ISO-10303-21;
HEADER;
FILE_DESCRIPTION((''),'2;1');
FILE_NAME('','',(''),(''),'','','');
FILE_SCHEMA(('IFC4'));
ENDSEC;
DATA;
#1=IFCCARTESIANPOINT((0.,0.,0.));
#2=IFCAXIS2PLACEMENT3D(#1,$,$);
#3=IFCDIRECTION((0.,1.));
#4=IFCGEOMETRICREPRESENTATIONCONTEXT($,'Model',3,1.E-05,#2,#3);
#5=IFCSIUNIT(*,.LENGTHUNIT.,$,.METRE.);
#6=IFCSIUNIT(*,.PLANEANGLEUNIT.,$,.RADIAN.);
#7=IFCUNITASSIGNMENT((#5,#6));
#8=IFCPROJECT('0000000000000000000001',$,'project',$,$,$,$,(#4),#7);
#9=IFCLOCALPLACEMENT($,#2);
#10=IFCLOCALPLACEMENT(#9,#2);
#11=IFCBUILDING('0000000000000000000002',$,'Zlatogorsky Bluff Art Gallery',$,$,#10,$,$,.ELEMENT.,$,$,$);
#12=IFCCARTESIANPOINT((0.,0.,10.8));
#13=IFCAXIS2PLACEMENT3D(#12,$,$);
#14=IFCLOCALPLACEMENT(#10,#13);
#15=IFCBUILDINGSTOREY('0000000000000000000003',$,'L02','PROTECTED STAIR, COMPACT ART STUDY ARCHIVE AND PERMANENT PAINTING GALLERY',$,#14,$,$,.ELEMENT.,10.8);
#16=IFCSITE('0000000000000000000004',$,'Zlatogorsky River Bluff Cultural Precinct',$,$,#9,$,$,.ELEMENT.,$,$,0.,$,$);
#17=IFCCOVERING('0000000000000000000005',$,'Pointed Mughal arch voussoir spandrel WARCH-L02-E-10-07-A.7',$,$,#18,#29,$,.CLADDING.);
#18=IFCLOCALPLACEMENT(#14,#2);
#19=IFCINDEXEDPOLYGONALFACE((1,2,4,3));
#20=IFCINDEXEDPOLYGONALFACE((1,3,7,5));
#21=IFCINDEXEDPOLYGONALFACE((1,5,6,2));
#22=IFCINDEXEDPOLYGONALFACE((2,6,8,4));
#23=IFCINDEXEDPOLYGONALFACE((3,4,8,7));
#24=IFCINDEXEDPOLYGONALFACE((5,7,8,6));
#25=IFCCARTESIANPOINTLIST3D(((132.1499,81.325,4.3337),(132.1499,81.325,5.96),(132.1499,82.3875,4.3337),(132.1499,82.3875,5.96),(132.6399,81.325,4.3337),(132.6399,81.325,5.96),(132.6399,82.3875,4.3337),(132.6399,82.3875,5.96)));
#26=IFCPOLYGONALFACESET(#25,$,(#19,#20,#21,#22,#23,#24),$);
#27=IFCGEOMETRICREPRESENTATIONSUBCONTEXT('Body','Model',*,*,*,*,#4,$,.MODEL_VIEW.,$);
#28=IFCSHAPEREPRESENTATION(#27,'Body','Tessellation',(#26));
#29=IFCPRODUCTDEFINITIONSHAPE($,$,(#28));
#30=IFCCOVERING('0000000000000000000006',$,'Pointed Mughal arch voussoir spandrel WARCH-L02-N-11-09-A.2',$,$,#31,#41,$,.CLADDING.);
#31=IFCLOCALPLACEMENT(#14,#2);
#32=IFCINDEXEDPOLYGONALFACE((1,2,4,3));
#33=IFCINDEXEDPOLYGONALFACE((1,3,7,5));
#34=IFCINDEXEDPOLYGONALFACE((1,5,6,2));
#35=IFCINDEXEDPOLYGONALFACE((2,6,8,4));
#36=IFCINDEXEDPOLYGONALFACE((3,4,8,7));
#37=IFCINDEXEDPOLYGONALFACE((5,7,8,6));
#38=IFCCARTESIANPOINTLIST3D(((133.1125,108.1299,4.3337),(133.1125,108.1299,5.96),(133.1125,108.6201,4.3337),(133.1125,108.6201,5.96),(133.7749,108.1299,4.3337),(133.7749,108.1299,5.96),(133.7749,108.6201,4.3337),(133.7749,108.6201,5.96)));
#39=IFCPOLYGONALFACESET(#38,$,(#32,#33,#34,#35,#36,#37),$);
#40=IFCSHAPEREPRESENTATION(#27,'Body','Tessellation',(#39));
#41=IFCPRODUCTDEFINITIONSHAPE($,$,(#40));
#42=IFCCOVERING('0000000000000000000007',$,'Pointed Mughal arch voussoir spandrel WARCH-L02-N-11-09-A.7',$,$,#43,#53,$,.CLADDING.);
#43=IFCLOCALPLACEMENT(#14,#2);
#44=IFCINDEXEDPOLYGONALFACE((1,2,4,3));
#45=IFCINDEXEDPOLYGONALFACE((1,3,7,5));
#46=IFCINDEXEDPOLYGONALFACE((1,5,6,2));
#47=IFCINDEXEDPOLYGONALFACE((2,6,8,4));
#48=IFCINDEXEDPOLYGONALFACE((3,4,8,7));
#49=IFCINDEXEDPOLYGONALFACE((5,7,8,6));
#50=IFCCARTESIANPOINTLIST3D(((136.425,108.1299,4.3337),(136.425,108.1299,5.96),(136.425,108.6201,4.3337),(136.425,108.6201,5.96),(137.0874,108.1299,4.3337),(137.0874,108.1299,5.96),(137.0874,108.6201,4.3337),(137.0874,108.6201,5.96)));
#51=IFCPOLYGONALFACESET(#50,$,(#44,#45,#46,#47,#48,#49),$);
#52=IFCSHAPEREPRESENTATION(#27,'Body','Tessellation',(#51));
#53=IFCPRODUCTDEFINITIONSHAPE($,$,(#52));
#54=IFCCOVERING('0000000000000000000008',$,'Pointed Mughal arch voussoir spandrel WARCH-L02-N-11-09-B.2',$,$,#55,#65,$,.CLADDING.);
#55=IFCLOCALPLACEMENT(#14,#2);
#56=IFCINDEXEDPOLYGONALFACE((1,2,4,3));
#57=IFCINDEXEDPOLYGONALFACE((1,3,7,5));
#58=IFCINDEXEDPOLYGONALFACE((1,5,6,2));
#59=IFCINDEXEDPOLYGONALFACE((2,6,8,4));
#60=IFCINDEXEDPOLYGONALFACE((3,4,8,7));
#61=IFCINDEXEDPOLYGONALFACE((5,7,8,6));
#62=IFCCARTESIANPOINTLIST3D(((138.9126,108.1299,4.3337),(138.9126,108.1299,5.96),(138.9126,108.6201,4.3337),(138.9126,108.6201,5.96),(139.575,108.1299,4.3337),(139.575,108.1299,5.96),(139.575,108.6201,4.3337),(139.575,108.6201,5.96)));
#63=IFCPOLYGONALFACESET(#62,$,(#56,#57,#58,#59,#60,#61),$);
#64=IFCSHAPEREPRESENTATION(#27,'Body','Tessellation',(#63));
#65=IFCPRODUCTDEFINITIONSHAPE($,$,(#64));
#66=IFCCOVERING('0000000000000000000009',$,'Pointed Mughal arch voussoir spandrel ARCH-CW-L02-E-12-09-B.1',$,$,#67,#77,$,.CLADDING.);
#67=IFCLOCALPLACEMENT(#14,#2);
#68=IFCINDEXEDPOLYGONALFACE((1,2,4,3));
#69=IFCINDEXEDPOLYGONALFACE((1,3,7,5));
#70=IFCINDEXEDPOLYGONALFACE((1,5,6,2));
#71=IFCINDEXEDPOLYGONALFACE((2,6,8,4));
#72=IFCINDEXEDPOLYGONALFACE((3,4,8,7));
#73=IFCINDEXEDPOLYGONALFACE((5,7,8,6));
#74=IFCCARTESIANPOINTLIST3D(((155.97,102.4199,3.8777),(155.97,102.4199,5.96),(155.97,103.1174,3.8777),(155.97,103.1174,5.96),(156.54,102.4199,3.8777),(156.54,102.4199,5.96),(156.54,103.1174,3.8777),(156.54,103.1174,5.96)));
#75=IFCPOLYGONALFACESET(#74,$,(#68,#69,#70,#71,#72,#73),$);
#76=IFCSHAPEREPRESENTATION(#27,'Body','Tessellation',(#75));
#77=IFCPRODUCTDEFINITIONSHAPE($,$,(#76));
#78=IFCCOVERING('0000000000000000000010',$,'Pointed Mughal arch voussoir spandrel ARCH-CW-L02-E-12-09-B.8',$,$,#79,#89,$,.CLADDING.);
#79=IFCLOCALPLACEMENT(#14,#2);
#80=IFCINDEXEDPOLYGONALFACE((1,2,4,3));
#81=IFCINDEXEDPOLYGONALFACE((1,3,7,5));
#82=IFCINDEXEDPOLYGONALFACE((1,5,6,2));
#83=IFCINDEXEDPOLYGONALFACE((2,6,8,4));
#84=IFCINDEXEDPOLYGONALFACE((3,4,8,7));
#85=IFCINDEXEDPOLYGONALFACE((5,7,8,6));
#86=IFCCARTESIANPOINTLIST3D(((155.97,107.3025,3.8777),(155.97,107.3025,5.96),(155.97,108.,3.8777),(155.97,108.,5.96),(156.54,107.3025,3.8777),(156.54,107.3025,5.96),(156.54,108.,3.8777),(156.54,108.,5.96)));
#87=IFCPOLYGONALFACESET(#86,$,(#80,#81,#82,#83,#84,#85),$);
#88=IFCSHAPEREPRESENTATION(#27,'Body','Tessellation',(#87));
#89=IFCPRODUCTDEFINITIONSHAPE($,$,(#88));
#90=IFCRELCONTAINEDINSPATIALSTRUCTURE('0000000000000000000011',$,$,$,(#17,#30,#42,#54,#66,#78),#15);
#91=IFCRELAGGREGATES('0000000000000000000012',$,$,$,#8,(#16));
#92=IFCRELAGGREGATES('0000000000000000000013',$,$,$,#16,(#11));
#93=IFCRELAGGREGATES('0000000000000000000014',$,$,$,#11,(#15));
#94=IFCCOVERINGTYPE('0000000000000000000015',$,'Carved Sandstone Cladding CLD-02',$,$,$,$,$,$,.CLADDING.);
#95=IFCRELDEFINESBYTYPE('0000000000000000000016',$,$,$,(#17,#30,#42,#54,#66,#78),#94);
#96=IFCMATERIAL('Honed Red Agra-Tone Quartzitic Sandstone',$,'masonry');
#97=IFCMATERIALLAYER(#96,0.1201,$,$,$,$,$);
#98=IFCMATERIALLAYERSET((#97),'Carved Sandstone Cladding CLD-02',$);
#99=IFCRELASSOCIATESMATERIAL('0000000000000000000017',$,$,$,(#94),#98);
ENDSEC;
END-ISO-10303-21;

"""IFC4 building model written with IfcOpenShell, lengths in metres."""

from ifc_helpers import new_model, si_unit, direction, frame, origin, place, context, subcontext, project, spatial, polyline, outline, extrude, material, layer, layer_set, type_object, element, save


model = new_model("IFC4")

# Units and contexts
model_context = context("Model", 3, precision=1e-05, world=origin(), true_north=direction((0.0, 1.0)))
body_context = subcontext(model_context, "Body", "Model", "MODEL_VIEW")
ifc_project = project(units=[si_unit("LENGTHUNIT", "METRE"), si_unit("PLANEANGLEUNIT", "RADIAN")], contexts=[model_context])

# Site, building, storey
site_placement = place(None, origin())
site = spatial("IfcSite", under=ifc_project, at=site_placement, Name="Zlatogorsky River Bluff Cultural Precinct", CompositionType="ELEMENT", RefElevation=0.0)
building_placement = place(site_placement, origin())
building = spatial("IfcBuilding", under=site, at=building_placement, Name="Zlatogorsky Bluff Art Gallery", CompositionType="ELEMENT")
storey_placement = place(building_placement, frame((0.0, 0.0, 10.8)))
storey = spatial("IfcBuildingStorey", under=building, at=storey_placement, Name="L02", Description="PROTECTED STAIR, COMPACT ART STUDY ARCHIVE AND PERMANENT PAINTING GALLERY", CompositionType="ELEMENT", Elevation=10.8)

# Coverings
ifc_material = material(Name="Honed Red Agra-Tone Quartzitic Sandstone", Category="masonry")
ifc_layer = layer(ifc_material, 0.1201)
ifc_layer_set = layer_set([ifc_layer], Name="Carved Sandstone Cladding CLD-02")
covering_type = type_object("IfcCoveringType", Name="Carved Sandstone Cladding CLD-02", PredefinedType="CLADDING", material=ifc_layer_set)
covering_1_placement = place(storey_placement, frame((0.0, 0.0, 4.3337)))
element("IfcCovering", 1, at=covering_1_placement, inside=storey, type_object=covering_type, Name="Pointed Mughal arch voussoir spandrel WARCH-L02-E-10-07-A.7", PredefinedType="CLADDING", context=body_context, shape_type="SweptSolid", body=[
    extrude(outline(polyline([(132.1499, 81.325), (132.1499, 82.3875), (132.6399, 82.3875), (132.6399, 81.325), (132.1499, 81.325)])), origin(), (0.0, 0.0, 1.0), 1.6262),
])
covering_2_placement = place(storey_placement, frame((0.0, 0.0, 4.3337)))
element("IfcCovering", 2, at=covering_2_placement, inside=storey, type_object=covering_type, Name="Pointed Mughal arch voussoir spandrel WARCH-L02-N-11-09-A.2", PredefinedType="CLADDING", context=body_context, shape_type="SweptSolid", body=[
    extrude(outline(polyline([(133.1125, 108.1299), (133.7749, 108.1299), (133.7749, 108.6201), (133.1125, 108.6201), (133.1125, 108.1299)])), origin(), (0.0, 0.0, 1.0), 1.6262),
])
covering_3_placement = place(storey_placement, frame((0.0, 0.0, 4.3337)))
element("IfcCovering", 3, at=covering_3_placement, inside=storey, type_object=covering_type, Name="Pointed Mughal arch voussoir spandrel WARCH-L02-N-11-09-A.7", PredefinedType="CLADDING", context=body_context, shape_type="SweptSolid", body=[
    extrude(outline(polyline([(136.425, 108.1299), (137.0874, 108.1299), (137.0874, 108.6201), (136.425, 108.6201), (136.425, 108.1299)])), origin(), (0.0, 0.0, 1.0), 1.6262),
])
covering_4_placement = place(storey_placement, frame((0.0, 0.0, 4.3337)))
element("IfcCovering", 4, at=covering_4_placement, inside=storey, type_object=covering_type, Name="Pointed Mughal arch voussoir spandrel WARCH-L02-N-11-09-B.2", PredefinedType="CLADDING", context=body_context, shape_type="SweptSolid", body=[
    extrude(outline(polyline([(138.9126, 108.1299), (139.575, 108.1299), (139.575, 108.6201), (138.9126, 108.6201), (138.9126, 108.1299)])), origin(), (0.0, 0.0, 1.0), 1.6262),
])
covering_5_placement = place(storey_placement, frame((0.0, 0.0, 3.8777)))
element("IfcCovering", 5, at=covering_5_placement, inside=storey, type_object=covering_type, Name="Pointed Mughal arch voussoir spandrel ARCH-CW-L02-E-12-09-B.1", PredefinedType="CLADDING", context=body_context, shape_type="SweptSolid", body=[
    extrude(outline(polyline([(155.97, 102.4199), (155.97, 103.1174), (156.54, 103.1174), (156.54, 102.4199), (155.97, 102.4199)])), origin(), (0.0, 0.0, 1.0), 2.0823),
])
covering_6_placement = place(storey_placement, frame((0.0, 0.0, 3.8777)))
element("IfcCovering", 6, at=covering_6_placement, inside=storey, type_object=covering_type, Name="Pointed Mughal arch voussoir spandrel ARCH-CW-L02-E-12-09-B.8", PredefinedType="CLADDING", context=body_context, shape_type="SweptSolid", body=[
    extrude(outline(polyline([(155.97, 107.3025), (155.97, 108.0), (156.54, 108.0), (156.54, 107.3025), (155.97, 107.3025)])), origin(), (0.0, 0.0, 1.0), 2.0823),
])

save(model, "model.ifc")
